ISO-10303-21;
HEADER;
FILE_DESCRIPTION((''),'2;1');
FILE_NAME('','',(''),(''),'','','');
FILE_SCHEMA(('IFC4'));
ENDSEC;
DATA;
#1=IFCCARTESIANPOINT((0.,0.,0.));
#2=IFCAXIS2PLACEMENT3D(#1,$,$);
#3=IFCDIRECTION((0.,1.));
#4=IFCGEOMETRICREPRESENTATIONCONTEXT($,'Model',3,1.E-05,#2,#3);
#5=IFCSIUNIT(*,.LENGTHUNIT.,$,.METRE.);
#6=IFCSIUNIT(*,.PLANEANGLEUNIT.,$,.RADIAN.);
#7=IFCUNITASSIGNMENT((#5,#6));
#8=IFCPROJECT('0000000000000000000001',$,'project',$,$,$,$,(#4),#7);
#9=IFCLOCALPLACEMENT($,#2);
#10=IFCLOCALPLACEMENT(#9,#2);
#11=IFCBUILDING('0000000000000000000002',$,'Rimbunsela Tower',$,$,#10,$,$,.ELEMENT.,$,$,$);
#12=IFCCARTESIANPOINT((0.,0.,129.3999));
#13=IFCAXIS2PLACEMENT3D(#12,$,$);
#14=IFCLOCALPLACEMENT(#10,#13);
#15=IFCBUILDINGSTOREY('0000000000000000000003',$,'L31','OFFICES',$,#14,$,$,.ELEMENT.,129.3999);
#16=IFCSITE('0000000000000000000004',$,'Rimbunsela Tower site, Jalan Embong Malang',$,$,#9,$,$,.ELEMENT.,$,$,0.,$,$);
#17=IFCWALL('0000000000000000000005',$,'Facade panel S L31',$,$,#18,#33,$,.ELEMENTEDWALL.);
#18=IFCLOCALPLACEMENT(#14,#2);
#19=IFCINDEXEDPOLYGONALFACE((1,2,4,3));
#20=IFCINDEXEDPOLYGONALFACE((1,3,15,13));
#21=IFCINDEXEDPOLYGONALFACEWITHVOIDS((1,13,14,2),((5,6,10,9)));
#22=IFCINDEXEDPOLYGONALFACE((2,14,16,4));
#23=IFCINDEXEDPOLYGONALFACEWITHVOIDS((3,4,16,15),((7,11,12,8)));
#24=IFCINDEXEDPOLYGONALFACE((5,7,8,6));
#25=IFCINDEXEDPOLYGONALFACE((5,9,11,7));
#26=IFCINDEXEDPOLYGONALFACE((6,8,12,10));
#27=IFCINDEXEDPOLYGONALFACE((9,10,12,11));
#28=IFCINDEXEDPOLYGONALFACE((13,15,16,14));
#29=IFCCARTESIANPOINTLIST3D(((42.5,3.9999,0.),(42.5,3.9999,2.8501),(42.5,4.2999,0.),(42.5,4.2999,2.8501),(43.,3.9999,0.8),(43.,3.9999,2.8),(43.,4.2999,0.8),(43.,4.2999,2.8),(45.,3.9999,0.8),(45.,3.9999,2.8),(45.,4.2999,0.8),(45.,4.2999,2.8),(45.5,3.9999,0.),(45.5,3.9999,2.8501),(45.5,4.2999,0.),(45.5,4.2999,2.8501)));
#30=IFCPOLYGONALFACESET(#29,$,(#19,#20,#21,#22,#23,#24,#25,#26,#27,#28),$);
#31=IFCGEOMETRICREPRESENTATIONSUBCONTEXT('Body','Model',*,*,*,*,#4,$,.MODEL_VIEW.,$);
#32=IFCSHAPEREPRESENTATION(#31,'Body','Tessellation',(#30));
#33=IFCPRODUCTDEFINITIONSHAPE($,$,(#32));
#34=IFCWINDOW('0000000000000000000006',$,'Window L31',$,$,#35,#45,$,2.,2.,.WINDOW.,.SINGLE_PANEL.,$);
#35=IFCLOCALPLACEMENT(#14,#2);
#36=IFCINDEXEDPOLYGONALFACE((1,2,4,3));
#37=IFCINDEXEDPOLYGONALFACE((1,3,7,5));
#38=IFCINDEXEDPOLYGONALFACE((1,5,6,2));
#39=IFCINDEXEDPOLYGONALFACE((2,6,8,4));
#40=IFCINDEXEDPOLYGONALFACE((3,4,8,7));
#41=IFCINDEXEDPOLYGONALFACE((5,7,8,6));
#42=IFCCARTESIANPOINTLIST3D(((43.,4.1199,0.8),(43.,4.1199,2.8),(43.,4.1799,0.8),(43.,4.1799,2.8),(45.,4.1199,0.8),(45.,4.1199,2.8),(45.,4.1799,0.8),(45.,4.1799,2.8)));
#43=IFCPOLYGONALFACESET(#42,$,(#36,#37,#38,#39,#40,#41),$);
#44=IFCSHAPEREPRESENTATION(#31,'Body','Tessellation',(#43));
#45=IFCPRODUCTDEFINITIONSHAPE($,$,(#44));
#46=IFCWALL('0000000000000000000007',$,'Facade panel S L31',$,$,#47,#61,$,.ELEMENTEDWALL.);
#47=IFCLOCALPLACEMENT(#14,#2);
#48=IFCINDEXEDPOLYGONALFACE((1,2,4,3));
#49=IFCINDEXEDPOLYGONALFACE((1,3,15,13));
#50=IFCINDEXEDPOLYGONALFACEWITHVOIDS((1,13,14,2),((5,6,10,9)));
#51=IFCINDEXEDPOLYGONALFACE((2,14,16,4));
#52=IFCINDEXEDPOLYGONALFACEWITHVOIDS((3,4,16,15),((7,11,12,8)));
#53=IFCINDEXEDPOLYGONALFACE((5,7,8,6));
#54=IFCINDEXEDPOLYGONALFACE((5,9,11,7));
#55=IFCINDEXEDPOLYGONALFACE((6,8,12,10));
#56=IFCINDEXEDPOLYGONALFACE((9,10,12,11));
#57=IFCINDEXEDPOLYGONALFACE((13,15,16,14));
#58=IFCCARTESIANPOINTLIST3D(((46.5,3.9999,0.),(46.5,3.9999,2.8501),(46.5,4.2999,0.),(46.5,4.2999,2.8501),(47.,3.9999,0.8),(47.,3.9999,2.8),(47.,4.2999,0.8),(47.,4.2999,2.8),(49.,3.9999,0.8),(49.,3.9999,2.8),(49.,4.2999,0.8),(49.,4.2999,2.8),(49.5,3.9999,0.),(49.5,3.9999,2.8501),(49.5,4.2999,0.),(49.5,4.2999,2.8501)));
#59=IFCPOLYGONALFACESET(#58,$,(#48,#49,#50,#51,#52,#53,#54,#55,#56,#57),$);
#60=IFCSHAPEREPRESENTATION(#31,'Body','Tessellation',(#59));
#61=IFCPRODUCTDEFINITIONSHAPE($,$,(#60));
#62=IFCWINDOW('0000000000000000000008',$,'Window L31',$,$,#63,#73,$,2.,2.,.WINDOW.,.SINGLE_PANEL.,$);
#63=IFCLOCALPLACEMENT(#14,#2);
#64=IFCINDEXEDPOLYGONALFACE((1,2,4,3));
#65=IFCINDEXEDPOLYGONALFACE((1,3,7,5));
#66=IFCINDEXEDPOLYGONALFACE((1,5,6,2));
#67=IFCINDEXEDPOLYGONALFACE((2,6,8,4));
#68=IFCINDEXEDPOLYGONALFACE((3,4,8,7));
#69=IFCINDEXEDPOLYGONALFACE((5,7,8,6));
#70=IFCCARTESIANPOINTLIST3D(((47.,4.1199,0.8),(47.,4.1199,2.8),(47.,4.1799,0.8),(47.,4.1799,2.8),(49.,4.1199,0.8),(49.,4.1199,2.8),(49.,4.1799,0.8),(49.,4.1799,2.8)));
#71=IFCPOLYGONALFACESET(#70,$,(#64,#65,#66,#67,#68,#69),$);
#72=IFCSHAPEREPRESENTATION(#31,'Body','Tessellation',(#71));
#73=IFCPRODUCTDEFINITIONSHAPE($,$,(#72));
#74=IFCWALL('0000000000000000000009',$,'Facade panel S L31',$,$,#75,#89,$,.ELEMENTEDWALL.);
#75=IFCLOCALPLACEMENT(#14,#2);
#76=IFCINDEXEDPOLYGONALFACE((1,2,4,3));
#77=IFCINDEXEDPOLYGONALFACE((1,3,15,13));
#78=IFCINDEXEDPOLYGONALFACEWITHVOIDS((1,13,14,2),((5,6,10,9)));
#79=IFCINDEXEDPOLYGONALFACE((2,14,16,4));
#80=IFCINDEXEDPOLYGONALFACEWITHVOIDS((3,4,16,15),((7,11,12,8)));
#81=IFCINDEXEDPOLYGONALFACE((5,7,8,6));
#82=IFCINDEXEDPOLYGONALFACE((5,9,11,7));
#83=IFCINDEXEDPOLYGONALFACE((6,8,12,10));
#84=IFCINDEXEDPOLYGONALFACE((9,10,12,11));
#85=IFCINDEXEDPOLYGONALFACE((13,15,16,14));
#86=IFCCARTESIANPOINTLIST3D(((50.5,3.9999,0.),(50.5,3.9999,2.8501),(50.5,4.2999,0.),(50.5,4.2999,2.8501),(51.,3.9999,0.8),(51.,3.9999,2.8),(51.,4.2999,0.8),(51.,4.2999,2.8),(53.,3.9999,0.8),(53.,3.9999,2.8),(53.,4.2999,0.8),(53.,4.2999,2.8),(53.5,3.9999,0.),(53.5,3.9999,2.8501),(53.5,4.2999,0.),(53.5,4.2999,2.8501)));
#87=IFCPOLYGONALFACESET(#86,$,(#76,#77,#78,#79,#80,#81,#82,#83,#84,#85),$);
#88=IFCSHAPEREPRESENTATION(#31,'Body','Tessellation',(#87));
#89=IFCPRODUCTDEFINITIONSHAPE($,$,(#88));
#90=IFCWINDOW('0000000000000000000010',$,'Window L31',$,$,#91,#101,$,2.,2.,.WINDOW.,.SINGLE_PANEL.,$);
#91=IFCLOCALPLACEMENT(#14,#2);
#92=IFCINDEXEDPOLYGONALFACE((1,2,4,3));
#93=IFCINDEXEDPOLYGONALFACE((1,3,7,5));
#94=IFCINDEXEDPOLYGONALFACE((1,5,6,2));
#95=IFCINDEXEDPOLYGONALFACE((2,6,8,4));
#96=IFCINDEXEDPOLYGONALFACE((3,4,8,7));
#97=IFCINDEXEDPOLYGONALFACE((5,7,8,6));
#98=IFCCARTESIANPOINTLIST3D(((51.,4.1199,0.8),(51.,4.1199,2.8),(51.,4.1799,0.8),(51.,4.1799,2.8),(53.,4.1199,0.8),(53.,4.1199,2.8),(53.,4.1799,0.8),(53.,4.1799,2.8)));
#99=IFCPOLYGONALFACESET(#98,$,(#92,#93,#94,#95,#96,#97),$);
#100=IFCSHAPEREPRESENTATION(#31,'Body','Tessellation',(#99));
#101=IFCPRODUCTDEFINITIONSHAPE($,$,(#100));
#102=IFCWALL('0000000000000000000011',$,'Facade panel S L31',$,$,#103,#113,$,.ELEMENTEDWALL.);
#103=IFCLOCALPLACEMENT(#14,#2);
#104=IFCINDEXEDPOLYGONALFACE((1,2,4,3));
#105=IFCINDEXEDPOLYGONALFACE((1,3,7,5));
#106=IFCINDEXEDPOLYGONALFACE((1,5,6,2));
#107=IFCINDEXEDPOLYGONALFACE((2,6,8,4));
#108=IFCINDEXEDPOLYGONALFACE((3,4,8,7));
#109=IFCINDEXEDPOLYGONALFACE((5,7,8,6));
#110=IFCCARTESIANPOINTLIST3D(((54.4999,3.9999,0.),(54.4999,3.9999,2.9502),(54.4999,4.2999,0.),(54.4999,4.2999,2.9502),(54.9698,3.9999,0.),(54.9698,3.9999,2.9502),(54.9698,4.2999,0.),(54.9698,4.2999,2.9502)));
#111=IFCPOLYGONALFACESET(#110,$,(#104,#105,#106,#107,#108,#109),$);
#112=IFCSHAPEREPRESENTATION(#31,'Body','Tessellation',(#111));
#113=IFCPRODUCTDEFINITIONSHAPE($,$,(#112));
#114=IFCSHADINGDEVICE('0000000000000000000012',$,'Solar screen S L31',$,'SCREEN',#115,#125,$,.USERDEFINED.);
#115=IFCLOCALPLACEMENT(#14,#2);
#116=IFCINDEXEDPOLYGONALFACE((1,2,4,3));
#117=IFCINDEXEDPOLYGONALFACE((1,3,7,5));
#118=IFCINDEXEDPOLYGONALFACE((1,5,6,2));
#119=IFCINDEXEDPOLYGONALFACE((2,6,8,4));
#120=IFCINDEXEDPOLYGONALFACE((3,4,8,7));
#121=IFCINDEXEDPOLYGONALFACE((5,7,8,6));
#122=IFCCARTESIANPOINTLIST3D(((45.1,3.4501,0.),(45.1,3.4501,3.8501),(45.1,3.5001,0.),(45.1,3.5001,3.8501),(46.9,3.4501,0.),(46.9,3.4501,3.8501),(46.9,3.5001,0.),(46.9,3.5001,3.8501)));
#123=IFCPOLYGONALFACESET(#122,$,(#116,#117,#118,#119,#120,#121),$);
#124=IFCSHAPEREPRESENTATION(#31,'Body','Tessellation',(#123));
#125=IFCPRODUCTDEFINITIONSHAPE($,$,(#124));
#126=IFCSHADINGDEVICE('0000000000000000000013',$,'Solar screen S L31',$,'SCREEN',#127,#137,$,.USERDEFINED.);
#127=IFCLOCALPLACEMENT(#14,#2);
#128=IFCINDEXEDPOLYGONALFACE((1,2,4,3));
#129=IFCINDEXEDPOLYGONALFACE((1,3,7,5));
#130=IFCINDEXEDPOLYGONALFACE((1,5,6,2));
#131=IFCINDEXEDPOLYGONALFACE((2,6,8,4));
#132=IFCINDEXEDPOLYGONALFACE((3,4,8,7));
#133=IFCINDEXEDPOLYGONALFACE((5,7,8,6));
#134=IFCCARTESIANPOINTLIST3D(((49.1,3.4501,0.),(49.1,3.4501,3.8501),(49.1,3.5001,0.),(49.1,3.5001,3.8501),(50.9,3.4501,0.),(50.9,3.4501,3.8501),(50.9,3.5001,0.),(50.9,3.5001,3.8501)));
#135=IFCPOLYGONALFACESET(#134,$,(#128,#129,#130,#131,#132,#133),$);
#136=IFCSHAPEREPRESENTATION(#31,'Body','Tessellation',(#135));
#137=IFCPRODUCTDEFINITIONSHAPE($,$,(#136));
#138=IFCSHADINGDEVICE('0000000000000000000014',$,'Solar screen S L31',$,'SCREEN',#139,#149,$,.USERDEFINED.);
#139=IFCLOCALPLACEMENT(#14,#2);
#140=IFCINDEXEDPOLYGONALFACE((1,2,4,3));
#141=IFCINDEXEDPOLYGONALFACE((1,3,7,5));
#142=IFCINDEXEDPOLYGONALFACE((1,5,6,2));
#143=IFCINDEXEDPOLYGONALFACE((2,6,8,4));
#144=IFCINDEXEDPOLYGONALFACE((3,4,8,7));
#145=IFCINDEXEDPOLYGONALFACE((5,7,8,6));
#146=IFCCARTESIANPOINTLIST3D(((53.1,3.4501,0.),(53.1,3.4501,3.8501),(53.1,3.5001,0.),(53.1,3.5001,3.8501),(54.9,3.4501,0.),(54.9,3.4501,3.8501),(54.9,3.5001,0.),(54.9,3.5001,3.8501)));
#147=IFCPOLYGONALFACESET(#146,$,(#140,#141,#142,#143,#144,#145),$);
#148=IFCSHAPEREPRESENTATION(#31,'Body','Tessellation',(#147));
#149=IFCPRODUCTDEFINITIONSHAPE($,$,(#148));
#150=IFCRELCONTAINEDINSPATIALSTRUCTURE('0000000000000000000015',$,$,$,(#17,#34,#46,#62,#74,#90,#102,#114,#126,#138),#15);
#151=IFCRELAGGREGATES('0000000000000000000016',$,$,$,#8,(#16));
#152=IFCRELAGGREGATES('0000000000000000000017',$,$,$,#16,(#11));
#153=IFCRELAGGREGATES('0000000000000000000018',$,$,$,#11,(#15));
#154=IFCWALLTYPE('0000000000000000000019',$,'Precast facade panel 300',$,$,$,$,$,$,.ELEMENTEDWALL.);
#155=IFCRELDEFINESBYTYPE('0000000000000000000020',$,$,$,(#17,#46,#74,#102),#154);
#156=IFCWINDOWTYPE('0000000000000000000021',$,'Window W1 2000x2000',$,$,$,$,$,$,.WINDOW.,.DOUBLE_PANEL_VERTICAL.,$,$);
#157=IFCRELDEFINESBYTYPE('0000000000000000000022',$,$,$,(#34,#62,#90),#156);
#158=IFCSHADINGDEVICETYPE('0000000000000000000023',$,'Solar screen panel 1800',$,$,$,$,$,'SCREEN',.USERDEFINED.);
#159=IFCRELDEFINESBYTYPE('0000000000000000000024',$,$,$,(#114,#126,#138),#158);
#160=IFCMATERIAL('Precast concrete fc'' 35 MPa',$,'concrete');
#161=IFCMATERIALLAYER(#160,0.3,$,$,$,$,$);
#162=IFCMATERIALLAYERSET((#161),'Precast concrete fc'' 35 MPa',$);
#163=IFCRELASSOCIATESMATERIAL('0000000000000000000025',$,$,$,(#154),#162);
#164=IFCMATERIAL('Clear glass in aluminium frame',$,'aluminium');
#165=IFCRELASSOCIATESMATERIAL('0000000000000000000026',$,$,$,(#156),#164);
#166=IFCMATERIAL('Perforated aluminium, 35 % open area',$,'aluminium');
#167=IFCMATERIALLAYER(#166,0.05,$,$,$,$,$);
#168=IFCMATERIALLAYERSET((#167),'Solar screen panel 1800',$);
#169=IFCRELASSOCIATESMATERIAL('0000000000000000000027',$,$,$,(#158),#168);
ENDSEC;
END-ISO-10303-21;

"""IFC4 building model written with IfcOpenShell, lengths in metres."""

from ifc_helpers import new_model, si_unit, direction, frame, frame_2d, origin, origin_2d, place, context, subcontext, project, spatial, rectangle, extrude, material, layer, layer_set, type_object, element, fill, save


model = new_model("IFC4")

# Units and contexts
model_context = context("Model", 3, precision=1e-05, world=origin(), true_north=direction((0.0, 1.0)))
body_context = subcontext(model_context, "Body", "Model", "MODEL_VIEW")
ifc_project = project(units=[si_unit("LENGTHUNIT", "METRE"), si_unit("PLANEANGLEUNIT", "RADIAN")], contexts=[model_context])

# Site, building, storey
site_placement = place(None, origin())
site = spatial("IfcSite", under=ifc_project, at=site_placement, Name="Rimbunsela Tower site, Jalan Embong Malang", CompositionType="ELEMENT", RefElevation=0.0)
building_placement = place(site_placement, origin())
building = spatial("IfcBuilding", under=site, at=building_placement, Name="Rimbunsela Tower", CompositionType="ELEMENT")
storey_placement = place(building_placement, frame((0.0, 0.0, 129.3999)))
storey = spatial("IfcBuildingStorey", under=building, at=storey_placement, Name="L31", Description="OFFICES", CompositionType="ELEMENT", Elevation=129.3999)

# Walls, openings, windows
ifc_material_1 = material(Name="Precast concrete fc' 35 MPa", Category="concrete")
ifc_layer_1 = layer(ifc_material_1, 0.3)
ifc_layer_set_1 = layer_set([ifc_layer_1], Name="Precast concrete fc' 35 MPa")
wall_type = type_object("IfcWallType", Name="Precast facade panel 300", PredefinedType="ELEMENTEDWALL", material=ifc_layer_set_1)
wall_1_placement = place(storey_placement, frame((42.5, 4.1499, 0.0), z_axis=(0.0, 0.0, 1.0), x_axis=(1.0, 0.0, 0.0)))
wall_1 = element("IfcWall", 1, at=wall_1_placement, inside=storey, type_object=wall_type, Name="Facade panel S L31", PredefinedType="ELEMENTEDWALL", context=body_context, shape_type="SweptSolid", body=[
    extrude(rectangle(XDim=3.0, YDim=0.3, at=frame_2d((1.5, 0.0))), origin(), (0.0, 0.0, 1.0), 2.8501),
])
opening_1_placement = place(wall_1_placement, frame((0.5, 0.0, 0.8)))
opening_1 = element("IfcOpeningElement", 2, at=opening_1_placement, cuts=wall_1, PredefinedType="OPENING", context=body_context, shape_type="SweptSolid", body=[
    extrude(rectangle(XDim=2.0, YDim=2.0, at=frame_2d((1.0, 1.0))), frame((0.0, 0.1599, 0.0), z_axis=(0.0, -1.0, 0.0), x_axis=(1.0, 0.0, 0.0)), (0.0, 0.0, 1.0), 0.3201),
])
ifc_material_2 = material(Name="Clear glass in aluminium frame", Category="aluminium")
window_type = type_object("IfcWindowType", Name="Window W1 2000x2000", PartitioningType="DOUBLE_PANEL_VERTICAL", PredefinedType="WINDOW", material=ifc_material_2)
window_1_placement = place(opening_1_placement, origin())
window_1 = element("IfcWindow", 3, at=window_1_placement, inside=storey, type_object=window_type, Name="Window L31", OverallHeight=2.0, OverallWidth=2.0, PartitioningType="SINGLE_PANEL", PredefinedType="WINDOW", context=body_context, shape_type="SweptSolid", body=[
    extrude(rectangle(XDim=2.0, YDim=2.0, at=frame_2d((1.0, 1.0))), frame((0.0, 0.03, 0.0), z_axis=(0.0, -1.0, 0.0), x_axis=(1.0, 0.0, 0.0)), (0.0, 0.0, 1.0), 0.0601),
])
fill(opening_1, window_1)
wall_2_placement = place(storey_placement, frame((46.5, 4.1499, 0.0), z_axis=(0.0, 0.0, 1.0), x_axis=(1.0, 0.0, 0.0)))
wall_2 = element("IfcWall", 4, at=wall_2_placement, inside=storey, type_object=wall_type, Name="Facade panel S L31", PredefinedType="ELEMENTEDWALL", context=body_context, shape_type="SweptSolid", body=[
    extrude(rectangle(XDim=3.0, YDim=0.3, at=frame_2d((1.5, 0.0))), origin(), (0.0, 0.0, 1.0), 2.8501),
])
opening_2_placement = place(wall_2_placement, frame((0.5, 0.0, 0.8)))
opening_2 = element("IfcOpeningElement", 5, at=opening_2_placement, cuts=wall_2, PredefinedType="OPENING", context=body_context, shape_type="SweptSolid", body=[
    extrude(rectangle(XDim=2.0, YDim=2.0, at=frame_2d((1.0, 1.0))), frame((0.0, 0.1599, 0.0), z_axis=(0.0, -1.0, 0.0), x_axis=(1.0, 0.0, 0.0)), (0.0, 0.0, 1.0), 0.3201),
])
window_2_placement = place(opening_2_placement, origin())
window_2 = element("IfcWindow", 6, at=window_2_placement, inside=storey, type_object=window_type, Name="Window L31", OverallHeight=2.0, OverallWidth=2.0, PartitioningType="SINGLE_PANEL", PredefinedType="WINDOW", context=body_context, shape_type="SweptSolid", body=[
    extrude(rectangle(XDim=2.0, YDim=2.0, at=frame_2d((1.0, 1.0))), frame((0.0, 0.03, 0.0), z_axis=(0.0, -1.0, 0.0), x_axis=(1.0, 0.0, 0.0)), (0.0, 0.0, 1.0), 0.0601),
])
fill(opening_2, window_2)
wall_3_placement = place(storey_placement, frame((50.5, 4.1499, 0.0), z_axis=(0.0, 0.0, 1.0), x_axis=(1.0, 0.0, 0.0)))
wall_3 = element("IfcWall", 7, at=wall_3_placement, inside=storey, type_object=wall_type, Name="Facade panel S L31", PredefinedType="ELEMENTEDWALL", context=body_context, shape_type="SweptSolid", body=[
    extrude(rectangle(XDim=3.0, YDim=0.3, at=frame_2d((1.5, 0.0))), origin(), (0.0, 0.0, 1.0), 2.8501),
])
opening_3_placement = place(wall_3_placement, frame((0.5, 0.0, 0.8)))
opening_3 = element("IfcOpeningElement", 8, at=opening_3_placement, cuts=wall_3, PredefinedType="OPENING", context=body_context, shape_type="SweptSolid", body=[
    extrude(rectangle(XDim=2.0, YDim=2.0, at=frame_2d((1.0, 1.0))), frame((0.0, 0.1599, 0.0), z_axis=(0.0, -1.0, 0.0), x_axis=(1.0, 0.0, 0.0)), (0.0, 0.0, 1.0), 0.3201),
])
window_3_placement = place(opening_3_placement, origin())
window_3 = element("IfcWindow", 9, at=window_3_placement, inside=storey, type_object=window_type, Name="Window L31", OverallHeight=2.0, OverallWidth=2.0, PartitioningType="SINGLE_PANEL", PredefinedType="WINDOW", context=body_context, shape_type="SweptSolid", body=[
    extrude(rectangle(XDim=2.0, YDim=2.0, at=frame_2d((1.0, 1.0))), frame((0.0, 0.03, 0.0), z_axis=(0.0, -1.0, 0.0), x_axis=(1.0, 0.0, 0.0)), (0.0, 0.0, 1.0), 0.0601),
])
fill(opening_3, window_3)

# Wall
wall_4_placement = place(storey_placement, frame((54.5, 4.1499, 0.0), z_axis=(0.0, 0.0, 1.0), x_axis=(1.0, 0.0, 0.0)))
element("IfcWall", 10, at=wall_4_placement, inside=storey, type_object=wall_type, Name="Facade panel S L31", PredefinedType="ELEMENTEDWALL", context=body_context, shape_type="SweptSolid", body=[
    extrude(rectangle(XDim=0.47, YDim=0.3, at=frame_2d((0.2349, 0.0))), origin(), (0.0, 0.0, 1.0), 2.9502),
])

# Shading devices
ifc_material_3 = material(Name="Perforated aluminium, 35 % open area", Category="aluminium")
ifc_layer_2 = layer(ifc_material_3, 0.05)
ifc_layer_set_2 = layer_set([ifc_layer_2], Name="Solar screen panel 1800")
shading_device_type = type_object("IfcShadingDeviceType", Name="Solar screen panel 1800", ElementType="SCREEN", PredefinedType="USERDEFINED", material=ifc_layer_set_2)
for number, where, z_axis, x_axis, name in (
    (11, (46.0, 3.4751, 0.0), (0.0, 0.0, 1.0), (1.0, 0.0, 0.0), "Solar screen S L31"),
    (12, (50.0, 3.4751, 0.0), (0.0, 0.0, 1.0), (1.0, 0.0, 0.0), "Solar screen S L31"),
    (13, (54.0, 3.4751, 0.0), (0.0, 0.0, 1.0), (1.0, 0.0, 0.0), "Solar screen S L31"),
):
    element("IfcShadingDevice", number, at=place(storey_placement, frame(where, z_axis=z_axis, x_axis=x_axis)), inside=storey, type_object=shading_device_type, Name=name, ObjectType="SCREEN", PredefinedType="USERDEFINED", context=body_context, shape_type="SweptSolid", body=[
        extrude(rectangle(XDim=1.8, YDim=0.05, at=origin_2d()), origin(), (0.0, 0.0, 1.0), 3.8501),
    ])

save(model, "model.ifc")
